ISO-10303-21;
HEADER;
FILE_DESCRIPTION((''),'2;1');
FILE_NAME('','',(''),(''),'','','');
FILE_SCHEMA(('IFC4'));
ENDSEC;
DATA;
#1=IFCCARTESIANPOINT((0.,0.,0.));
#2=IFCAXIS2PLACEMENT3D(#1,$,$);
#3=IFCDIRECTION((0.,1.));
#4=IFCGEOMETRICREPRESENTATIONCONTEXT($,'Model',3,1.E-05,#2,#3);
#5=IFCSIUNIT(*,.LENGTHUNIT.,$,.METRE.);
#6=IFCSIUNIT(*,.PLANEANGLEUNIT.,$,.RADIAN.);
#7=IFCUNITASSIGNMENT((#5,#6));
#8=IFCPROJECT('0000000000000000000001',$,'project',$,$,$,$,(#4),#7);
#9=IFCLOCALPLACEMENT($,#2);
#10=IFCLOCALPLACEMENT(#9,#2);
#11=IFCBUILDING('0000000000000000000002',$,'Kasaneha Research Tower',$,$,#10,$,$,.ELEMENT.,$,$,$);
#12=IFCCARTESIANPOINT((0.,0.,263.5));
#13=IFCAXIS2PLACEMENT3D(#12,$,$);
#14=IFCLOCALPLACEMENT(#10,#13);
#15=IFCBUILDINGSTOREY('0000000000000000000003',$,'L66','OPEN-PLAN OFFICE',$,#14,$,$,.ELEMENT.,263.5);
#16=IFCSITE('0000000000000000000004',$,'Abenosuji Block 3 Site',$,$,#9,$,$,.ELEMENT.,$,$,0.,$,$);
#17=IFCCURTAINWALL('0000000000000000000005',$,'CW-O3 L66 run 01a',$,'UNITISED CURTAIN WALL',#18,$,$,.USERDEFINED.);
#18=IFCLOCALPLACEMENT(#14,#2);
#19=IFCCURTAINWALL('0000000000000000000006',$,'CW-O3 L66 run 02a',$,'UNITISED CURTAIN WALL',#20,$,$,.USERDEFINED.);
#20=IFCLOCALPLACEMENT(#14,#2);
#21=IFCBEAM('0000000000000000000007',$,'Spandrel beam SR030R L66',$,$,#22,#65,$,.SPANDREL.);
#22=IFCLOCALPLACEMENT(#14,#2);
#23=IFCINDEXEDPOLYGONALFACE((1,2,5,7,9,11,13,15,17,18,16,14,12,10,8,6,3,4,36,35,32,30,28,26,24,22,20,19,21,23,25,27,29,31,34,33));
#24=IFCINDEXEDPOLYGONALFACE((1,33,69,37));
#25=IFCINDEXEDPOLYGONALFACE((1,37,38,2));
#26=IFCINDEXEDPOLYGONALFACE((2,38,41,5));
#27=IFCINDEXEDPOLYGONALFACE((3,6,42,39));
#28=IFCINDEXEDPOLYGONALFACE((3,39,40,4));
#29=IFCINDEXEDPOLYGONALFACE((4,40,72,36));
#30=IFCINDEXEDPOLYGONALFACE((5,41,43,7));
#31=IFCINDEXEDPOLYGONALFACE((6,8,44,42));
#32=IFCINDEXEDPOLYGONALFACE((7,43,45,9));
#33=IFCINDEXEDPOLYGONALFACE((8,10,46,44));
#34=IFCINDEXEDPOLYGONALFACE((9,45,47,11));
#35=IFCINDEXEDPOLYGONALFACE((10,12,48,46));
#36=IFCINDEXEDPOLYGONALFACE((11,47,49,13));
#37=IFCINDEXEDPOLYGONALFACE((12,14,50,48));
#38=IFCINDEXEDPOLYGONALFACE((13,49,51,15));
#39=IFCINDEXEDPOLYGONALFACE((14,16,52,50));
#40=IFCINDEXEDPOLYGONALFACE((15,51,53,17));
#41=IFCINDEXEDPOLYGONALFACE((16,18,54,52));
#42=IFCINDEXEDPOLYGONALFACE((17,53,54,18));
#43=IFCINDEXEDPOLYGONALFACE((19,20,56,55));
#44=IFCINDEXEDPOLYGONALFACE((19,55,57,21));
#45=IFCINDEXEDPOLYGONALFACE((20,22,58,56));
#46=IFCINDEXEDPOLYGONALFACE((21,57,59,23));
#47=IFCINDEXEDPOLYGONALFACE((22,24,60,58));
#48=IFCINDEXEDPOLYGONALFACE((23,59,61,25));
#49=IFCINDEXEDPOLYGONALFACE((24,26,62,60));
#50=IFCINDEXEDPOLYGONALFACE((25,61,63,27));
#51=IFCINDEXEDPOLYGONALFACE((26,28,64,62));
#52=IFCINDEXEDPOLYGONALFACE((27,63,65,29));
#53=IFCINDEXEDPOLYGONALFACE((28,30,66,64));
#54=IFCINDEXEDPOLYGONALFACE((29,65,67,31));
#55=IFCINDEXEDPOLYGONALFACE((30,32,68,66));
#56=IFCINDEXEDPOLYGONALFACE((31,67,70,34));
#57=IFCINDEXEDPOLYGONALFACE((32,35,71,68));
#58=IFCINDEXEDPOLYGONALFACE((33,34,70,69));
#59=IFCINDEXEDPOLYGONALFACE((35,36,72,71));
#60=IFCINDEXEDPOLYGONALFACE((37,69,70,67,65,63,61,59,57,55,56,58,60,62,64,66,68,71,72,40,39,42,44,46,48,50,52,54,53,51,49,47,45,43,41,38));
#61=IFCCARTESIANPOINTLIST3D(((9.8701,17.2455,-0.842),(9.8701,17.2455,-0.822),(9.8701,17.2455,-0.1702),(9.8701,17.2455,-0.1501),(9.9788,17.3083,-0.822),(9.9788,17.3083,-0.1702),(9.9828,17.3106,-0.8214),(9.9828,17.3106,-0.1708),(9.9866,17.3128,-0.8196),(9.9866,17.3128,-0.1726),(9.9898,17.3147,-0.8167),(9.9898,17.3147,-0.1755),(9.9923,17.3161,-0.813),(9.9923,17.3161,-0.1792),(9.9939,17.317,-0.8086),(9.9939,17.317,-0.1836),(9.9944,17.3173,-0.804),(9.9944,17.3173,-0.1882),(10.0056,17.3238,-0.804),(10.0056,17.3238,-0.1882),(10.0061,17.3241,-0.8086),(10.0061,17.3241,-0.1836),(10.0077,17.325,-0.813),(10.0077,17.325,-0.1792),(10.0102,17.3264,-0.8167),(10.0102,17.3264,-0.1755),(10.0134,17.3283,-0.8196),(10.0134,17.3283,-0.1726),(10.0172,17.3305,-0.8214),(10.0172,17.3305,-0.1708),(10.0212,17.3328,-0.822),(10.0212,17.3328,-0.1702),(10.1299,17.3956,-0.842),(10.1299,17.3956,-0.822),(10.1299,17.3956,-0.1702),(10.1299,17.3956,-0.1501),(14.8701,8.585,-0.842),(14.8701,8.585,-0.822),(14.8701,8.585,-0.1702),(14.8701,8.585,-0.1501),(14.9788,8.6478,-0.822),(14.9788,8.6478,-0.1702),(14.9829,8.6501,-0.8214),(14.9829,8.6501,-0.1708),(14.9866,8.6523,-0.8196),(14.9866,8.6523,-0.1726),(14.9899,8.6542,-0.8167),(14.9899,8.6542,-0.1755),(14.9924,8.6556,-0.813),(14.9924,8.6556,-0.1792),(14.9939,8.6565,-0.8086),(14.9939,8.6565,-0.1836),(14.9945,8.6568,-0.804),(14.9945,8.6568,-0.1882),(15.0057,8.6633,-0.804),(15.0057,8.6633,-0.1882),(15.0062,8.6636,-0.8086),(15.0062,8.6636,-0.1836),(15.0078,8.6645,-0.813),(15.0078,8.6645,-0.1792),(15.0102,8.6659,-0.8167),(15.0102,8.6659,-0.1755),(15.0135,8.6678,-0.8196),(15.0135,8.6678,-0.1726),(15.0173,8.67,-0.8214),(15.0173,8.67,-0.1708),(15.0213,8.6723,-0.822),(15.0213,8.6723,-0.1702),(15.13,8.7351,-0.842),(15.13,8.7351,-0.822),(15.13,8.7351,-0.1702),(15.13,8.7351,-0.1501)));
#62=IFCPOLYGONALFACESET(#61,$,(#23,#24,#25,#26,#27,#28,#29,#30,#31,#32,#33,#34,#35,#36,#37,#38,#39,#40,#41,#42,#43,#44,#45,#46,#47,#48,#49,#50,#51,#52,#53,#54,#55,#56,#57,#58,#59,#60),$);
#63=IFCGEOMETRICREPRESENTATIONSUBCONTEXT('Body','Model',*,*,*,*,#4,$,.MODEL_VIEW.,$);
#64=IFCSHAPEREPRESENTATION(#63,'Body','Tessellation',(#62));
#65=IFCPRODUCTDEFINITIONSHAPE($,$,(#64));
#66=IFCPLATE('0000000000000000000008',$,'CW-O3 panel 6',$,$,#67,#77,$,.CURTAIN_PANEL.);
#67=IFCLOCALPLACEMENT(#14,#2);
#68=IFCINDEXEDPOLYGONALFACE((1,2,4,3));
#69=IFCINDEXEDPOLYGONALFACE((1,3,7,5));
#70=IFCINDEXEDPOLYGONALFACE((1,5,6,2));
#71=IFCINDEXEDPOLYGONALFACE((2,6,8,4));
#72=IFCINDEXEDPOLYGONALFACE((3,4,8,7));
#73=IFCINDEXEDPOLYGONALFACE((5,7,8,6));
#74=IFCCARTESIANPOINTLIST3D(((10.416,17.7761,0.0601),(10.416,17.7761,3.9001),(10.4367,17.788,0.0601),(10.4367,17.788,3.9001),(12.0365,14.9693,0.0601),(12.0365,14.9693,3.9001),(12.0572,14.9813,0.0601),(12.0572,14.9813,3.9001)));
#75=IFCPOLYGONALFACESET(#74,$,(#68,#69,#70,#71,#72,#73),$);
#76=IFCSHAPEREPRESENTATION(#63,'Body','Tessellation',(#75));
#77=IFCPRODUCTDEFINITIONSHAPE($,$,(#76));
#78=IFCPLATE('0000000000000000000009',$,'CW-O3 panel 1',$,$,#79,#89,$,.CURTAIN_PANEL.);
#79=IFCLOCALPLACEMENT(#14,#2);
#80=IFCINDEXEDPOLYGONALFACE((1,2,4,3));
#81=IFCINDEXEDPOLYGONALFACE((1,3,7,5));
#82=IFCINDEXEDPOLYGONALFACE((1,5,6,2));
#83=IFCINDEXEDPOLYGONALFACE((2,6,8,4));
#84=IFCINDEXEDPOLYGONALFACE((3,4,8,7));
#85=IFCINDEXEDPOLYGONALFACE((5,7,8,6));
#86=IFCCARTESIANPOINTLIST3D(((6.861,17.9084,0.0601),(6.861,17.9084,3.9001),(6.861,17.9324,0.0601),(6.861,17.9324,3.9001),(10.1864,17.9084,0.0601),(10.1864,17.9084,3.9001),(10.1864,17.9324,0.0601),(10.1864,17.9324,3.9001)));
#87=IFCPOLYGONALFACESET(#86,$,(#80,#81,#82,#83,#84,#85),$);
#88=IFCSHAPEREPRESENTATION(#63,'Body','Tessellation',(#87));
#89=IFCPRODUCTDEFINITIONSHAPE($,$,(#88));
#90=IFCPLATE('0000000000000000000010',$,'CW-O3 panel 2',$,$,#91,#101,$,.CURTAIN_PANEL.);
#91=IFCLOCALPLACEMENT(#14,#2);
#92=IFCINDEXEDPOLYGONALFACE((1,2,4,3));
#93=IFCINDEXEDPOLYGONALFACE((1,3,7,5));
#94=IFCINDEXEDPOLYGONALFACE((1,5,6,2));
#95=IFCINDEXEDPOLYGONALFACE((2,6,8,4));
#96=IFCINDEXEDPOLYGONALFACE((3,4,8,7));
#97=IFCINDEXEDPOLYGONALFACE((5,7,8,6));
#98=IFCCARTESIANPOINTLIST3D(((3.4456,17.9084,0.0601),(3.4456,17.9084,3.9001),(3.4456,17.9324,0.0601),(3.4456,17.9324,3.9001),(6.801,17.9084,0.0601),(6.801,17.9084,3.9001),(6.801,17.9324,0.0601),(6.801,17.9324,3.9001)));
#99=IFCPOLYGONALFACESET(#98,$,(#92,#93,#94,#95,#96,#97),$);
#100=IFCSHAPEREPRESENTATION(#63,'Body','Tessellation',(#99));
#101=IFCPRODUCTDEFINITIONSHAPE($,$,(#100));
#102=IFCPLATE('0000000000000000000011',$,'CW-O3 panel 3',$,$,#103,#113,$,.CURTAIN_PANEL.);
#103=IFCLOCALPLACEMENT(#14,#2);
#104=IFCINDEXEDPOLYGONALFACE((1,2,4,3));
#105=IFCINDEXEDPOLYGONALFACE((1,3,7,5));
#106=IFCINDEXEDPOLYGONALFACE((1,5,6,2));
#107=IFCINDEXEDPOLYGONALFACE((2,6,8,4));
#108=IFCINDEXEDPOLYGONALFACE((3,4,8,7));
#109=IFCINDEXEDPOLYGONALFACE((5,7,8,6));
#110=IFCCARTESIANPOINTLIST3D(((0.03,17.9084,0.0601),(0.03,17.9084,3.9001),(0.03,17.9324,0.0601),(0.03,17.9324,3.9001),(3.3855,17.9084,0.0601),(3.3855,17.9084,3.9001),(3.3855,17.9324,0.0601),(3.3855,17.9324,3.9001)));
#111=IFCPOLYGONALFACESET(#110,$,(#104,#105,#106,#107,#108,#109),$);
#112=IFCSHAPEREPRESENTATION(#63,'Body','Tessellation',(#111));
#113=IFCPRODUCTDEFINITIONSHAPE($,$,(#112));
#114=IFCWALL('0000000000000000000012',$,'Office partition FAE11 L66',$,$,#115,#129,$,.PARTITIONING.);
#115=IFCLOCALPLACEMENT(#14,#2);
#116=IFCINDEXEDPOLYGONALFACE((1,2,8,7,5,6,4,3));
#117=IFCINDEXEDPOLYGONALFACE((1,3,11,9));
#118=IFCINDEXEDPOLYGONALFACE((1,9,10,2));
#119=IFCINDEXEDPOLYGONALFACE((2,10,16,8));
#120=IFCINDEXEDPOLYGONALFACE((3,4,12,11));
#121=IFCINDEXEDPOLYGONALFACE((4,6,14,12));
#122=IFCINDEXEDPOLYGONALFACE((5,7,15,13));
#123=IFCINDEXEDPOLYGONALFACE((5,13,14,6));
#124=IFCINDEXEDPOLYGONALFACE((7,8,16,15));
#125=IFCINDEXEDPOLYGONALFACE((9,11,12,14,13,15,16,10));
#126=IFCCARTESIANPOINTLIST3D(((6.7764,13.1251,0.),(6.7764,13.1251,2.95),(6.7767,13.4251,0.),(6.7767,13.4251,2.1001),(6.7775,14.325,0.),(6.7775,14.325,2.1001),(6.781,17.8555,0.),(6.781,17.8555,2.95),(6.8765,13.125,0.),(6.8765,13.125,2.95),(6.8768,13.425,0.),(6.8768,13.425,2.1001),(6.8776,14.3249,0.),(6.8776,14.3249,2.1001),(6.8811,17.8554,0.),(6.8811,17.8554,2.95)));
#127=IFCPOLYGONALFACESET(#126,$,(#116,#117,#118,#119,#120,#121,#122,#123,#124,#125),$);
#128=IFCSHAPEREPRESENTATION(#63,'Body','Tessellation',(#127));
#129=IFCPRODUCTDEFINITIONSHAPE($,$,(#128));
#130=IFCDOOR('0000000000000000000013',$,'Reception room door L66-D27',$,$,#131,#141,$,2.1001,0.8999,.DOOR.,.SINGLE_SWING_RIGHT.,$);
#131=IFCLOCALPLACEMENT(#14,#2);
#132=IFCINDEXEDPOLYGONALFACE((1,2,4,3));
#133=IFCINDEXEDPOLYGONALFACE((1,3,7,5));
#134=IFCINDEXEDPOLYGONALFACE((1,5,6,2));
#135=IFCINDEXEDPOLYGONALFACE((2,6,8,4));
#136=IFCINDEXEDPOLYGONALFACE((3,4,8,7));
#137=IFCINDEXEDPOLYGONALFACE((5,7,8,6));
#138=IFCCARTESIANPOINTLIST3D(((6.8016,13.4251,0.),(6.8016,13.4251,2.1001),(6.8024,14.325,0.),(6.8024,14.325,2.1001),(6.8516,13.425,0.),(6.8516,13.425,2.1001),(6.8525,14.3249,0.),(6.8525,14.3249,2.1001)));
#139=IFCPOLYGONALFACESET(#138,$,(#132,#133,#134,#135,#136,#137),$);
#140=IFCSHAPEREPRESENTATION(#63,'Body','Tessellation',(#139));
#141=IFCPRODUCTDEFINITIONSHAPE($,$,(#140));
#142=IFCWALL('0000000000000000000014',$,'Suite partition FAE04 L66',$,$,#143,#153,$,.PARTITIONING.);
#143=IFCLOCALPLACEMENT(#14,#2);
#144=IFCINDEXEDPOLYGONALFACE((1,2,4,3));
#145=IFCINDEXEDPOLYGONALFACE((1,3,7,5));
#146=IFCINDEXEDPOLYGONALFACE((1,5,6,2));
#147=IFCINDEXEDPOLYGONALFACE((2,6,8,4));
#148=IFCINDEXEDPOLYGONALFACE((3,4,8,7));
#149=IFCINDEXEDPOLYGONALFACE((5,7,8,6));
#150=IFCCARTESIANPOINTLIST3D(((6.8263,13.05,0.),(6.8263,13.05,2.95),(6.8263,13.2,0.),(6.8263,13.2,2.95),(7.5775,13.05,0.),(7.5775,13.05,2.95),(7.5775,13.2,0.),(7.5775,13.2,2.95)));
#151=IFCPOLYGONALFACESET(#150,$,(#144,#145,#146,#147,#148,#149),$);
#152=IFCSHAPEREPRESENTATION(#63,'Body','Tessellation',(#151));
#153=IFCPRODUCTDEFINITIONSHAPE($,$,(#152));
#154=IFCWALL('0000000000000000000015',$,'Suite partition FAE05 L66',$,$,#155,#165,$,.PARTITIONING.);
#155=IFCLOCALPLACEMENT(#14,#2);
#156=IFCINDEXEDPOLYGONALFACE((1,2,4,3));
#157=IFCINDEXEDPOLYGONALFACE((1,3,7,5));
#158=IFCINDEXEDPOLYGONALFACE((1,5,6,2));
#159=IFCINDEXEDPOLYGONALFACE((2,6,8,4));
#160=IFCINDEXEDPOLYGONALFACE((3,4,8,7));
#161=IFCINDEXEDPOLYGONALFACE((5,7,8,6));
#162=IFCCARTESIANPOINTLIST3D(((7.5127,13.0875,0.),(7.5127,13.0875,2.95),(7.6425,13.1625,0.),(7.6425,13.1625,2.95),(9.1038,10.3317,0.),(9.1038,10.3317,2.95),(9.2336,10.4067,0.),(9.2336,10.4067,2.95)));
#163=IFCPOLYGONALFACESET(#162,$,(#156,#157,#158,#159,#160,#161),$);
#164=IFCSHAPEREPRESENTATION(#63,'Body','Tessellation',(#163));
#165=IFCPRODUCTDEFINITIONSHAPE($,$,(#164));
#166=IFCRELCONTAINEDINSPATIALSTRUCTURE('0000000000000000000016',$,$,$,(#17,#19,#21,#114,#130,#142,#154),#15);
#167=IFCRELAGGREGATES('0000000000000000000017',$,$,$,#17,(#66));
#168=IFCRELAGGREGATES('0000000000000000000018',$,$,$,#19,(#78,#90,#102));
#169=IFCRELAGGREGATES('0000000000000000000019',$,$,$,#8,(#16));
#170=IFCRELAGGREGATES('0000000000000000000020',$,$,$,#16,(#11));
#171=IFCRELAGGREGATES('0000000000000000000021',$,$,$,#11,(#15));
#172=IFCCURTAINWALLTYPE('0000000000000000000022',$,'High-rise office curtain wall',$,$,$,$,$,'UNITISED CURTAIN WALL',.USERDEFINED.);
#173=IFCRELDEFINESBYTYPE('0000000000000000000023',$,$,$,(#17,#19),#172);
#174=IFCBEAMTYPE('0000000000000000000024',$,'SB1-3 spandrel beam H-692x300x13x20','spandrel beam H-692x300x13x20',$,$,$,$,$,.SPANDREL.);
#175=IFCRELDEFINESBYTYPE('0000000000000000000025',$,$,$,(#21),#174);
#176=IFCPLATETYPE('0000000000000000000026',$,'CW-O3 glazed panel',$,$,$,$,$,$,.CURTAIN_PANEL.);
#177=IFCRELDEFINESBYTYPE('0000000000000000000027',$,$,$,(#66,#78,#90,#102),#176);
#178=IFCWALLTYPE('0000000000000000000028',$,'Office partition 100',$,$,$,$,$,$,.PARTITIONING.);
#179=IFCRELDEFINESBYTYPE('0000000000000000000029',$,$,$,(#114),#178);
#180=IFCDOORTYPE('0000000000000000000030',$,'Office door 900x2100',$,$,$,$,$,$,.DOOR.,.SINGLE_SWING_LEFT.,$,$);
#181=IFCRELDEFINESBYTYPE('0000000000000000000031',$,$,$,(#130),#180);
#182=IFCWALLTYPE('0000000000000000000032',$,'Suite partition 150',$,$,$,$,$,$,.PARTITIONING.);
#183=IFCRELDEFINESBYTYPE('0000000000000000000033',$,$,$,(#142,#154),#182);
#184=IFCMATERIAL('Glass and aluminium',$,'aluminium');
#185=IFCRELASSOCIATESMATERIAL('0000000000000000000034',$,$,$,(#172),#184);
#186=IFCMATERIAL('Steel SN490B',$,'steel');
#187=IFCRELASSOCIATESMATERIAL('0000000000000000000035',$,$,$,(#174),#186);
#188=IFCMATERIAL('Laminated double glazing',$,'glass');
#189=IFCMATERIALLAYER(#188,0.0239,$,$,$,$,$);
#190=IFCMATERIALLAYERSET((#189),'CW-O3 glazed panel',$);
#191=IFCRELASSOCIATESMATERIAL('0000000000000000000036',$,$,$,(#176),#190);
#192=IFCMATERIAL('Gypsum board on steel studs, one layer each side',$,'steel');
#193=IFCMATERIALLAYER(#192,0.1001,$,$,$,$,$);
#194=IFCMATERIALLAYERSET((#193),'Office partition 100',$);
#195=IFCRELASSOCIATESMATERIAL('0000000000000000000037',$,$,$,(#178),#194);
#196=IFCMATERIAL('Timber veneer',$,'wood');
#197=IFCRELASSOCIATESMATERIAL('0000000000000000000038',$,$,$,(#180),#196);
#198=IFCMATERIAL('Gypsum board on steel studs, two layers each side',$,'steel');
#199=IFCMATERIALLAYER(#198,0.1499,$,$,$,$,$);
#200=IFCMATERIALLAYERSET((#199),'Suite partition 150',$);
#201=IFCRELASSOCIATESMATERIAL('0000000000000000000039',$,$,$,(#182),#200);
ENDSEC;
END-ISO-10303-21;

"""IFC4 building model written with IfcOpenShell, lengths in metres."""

from ifc_helpers import new_model, si_unit, direction, frame, frame_2d, origin, origin_2d, place, context, subcontext, project, spatial, rectangle, i_section, extrude, material, layer, layer_set, material_profile, profile_set, type_object, element, fill, aggregate, save


model = new_model("IFC4")

# Units and contexts
model_context = context("Model", 3, precision=1e-05, world=origin(), true_north=direction((0.0, 1.0)))
body_context = subcontext(model_context, "Body", "Model", "MODEL_VIEW")
ifc_project = project(units=[si_unit("LENGTHUNIT", "METRE"), si_unit("PLANEANGLEUNIT", "RADIAN")], contexts=[model_context])

# Site, building, storey
site_placement = place(None, origin())
site = spatial("IfcSite", under=ifc_project, at=site_placement, Name="Abenosuji Block 3 Site", CompositionType="ELEMENT", RefElevation=0.0)
building_placement = place(site_placement, origin())
building = spatial("IfcBuilding", under=site, at=building_placement, Name="Kasaneha Research Tower", CompositionType="ELEMENT")
storey_placement = place(building_placement, frame((0.0, 0.0, 263.5)))
storey = spatial("IfcBuildingStorey", under=building, at=storey_placement, Name="L66", Description="OPEN-PLAN OFFICE", CompositionType="ELEMENT", Elevation=263.5)

# Curtain wall
ifc_material_1 = material(Name="Glass and aluminium", Category="aluminium")
curtain_wall_type = type_object("IfcCurtainWallType", Name="High-rise office curtain wall", ElementType="UNITISED CURTAIN WALL", PredefinedType="USERDEFINED", material=ifc_material_1)
curtain_wall_1_placement = place(storey_placement, origin())
curtain_wall_1 = element("IfcCurtainWall", 1, at=curtain_wall_1_placement, inside=storey, type_object=curtain_wall_type, Name="CW-O3 L66 run 01a", ObjectType="UNITISED CURTAIN WALL", PredefinedType="USERDEFINED")

# Curtain wall
curtain_wall_2_placement = place(storey_placement, origin())
curtain_wall_2 = element("IfcCurtainWall", 2, at=curtain_wall_2_placement, inside=storey, type_object=curtain_wall_type, Name="CW-O3 L66 run 02a", ObjectType="UNITISED CURTAIN WALL", PredefinedType="USERDEFINED")

# Beam
ifc_material_2 = material(Name="Steel SN490B", Category="steel")
ifc_material_profile_1 = material_profile(ifc_material_2, i_section(OverallWidth=0.3, OverallDepth=0.6919, WebThickness=0.0129, FlangeThickness=0.02, FilletRadius=0.0181, at=origin_2d()), Name="H-692x300x13x20")
ifc_profile_set_1 = profile_set([ifc_material_profile_1], Name="Steel SN490B")
beam_type_1 = type_object("IfcBeamType", Name="SB1-3 spandrel beam H-692x300x13x20", Description="spandrel beam H-692x300x13x20", PredefinedType="SPANDREL", material=ifc_profile_set_1)
beam_1_placement = place(storey_placement, frame((10.0, 17.3206, -0.4961), z_axis=(0.499994, -0.866029, 0.0), x_axis=(0.866029, 0.499994, 0.0)))
element("IfcBeam", 3, at=beam_1_placement, inside=storey, type_object=beam_type_1, Name="Spandrel beam SR030R L66", PredefinedType="SPANDREL", context=body_context, shape_type="SweptSolid", body=[
    extrude(i_section(OverallWidth=0.3, OverallDepth=0.6919, WebThickness=0.0129, FlangeThickness=0.02, FilletRadius=0.0181, at=origin_2d()), origin(), (0.0, 0.0, 1.0), 10.0002),
])

# Plates
ifc_material_3 = material(Name="Laminated double glazing", Category="glass")
ifc_layer_1 = layer(ifc_material_3, 0.0239)
ifc_layer_set_1 = layer_set([ifc_layer_1], Name="CW-O3 glazed panel")
plate_type = type_object("IfcPlateType", Name="CW-O3 glazed panel", PredefinedType="CURTAIN_PANEL", material=ifc_layer_set_1)
plate_1_placement = place(storey_placement, frame((11.2366, 16.3787, 0.0601), z_axis=(0.0, 0.0, 1.0), x_axis=(-0.5, 0.866025, 0.0)))
plate_1 = element("IfcPlate", 4, at=plate_1_placement, type_object=plate_type, Name="CW-O3 panel 6", PredefinedType="CURTAIN_PANEL", context=body_context, shape_type="SweptSolid", body=[
    extrude(rectangle(XDim=3.241, YDim=0.0239, at=origin_2d()), origin(), (0.0, 0.0, 1.0), 3.8401),
])
aggregate(curtain_wall_1, [plate_1])
plate_2_placement = place(storey_placement, frame((8.5237, 17.9204, 0.0601), z_axis=(0.0, 0.0, 1.0), x_axis=(-1.0, 0.0, 0.0)))
plate_2 = element("IfcPlate", 5, at=plate_2_placement, type_object=plate_type, Name="CW-O3 panel 1", PredefinedType="CURTAIN_PANEL", context=body_context, shape_type="SweptSolid", body=[
    extrude(rectangle(XDim=3.3254, YDim=0.0239, at=origin_2d()), origin(), (0.0, 0.0, 1.0), 3.8401),
])
plate_3_placement = place(storey_placement, frame((5.1233, 17.9204, 0.0601), z_axis=(0.0, 0.0, 1.0), x_axis=(-1.0, 0.0, 0.0)))
plate_3 = element("IfcPlate", 6, at=plate_3_placement, type_object=plate_type, Name="CW-O3 panel 2", PredefinedType="CURTAIN_PANEL", context=body_context, shape_type="SweptSolid", body=[
    extrude(rectangle(XDim=3.3555, YDim=0.0239, at=origin_2d()), origin(), (0.0, 0.0, 1.0), 3.8401),
])
plate_4_placement = place(storey_placement, frame((1.7078, 17.9204, 0.0601), z_axis=(0.0, 0.0, 1.0), x_axis=(-1.0, 0.0, 0.0)))
plate_4 = element("IfcPlate", 7, at=plate_4_placement, type_object=plate_type, Name="CW-O3 panel 3", PredefinedType="CURTAIN_PANEL", context=body_context, shape_type="SweptSolid", body=[
    extrude(rectangle(XDim=3.3555, YDim=0.0239, at=origin_2d()), origin(), (0.0, 0.0, 1.0), 3.8401),
])
aggregate(curtain_wall_2, [plate_2, plate_3, plate_4])

# Wall, opening, door
ifc_material_4 = material(Name="Gypsum board on steel studs, one layer each side", Category="steel")
ifc_layer_2 = layer(ifc_material_4, 0.1001)
ifc_layer_set_2 = layer_set([ifc_layer_2], Name="Office partition 100")
wall_type_1 = type_object("IfcWallType", Name="Office partition 100", PredefinedType="PARTITIONING", material=ifc_layer_set_2)
wall_1_placement = place(storey_placement, frame((6.8311, 17.8555, 0.0), z_axis=(0.0, 0.0, 1.0), x_axis=(-0.000981, -1.0, 0.0)))
wall_1 = element("IfcWall", 8, at=wall_1_placement, inside=storey, type_object=wall_type_1, Name="Office partition FAE11 L66", PredefinedType="PARTITIONING", context=body_context, shape_type="SweptSolid", body=[
    extrude(rectangle(XDim=4.7305, YDim=0.1001, at=frame_2d((2.3652, 0.0))), origin(), (0.0, 0.0, 1.0), 2.95),
])
opening_placement = place(wall_1_placement, frame((3.5305, 0.0, 0.0)))
opening = element("IfcOpeningElement", 9, at=opening_placement, cuts=wall_1, PredefinedType="OPENING", context=body_context, shape_type="SweptSolid", body=[
    extrude(rectangle(XDim=0.8999, YDim=2.1001, at=frame_2d((0.45, 1.05))), frame((0.0, 0.0601, 0.0), z_axis=(0.0, -1.0, 0.0), x_axis=(1.0, 0.0, 0.0)), (0.0, 0.0, 1.0), 0.1201),
])
ifc_material_5 = material(Name="Timber veneer", Category="wood")
door_type = type_object("IfcDoorType", Name="Office door 900x2100", OperationType="SINGLE_SWING_LEFT", PredefinedType="DOOR", material=ifc_material_5)
door_placement = place(opening_placement, origin())
door = element("IfcDoor", 10, at=door_placement, inside=storey, type_object=door_type, Name="Reception room door L66-D27", OperationType="SINGLE_SWING_RIGHT", OverallHeight=2.1001, OverallWidth=0.8999, PredefinedType="DOOR", context=body_context, shape_type="SweptSolid", body=[
    extrude(rectangle(XDim=0.8999, YDim=2.1001, at=frame_2d((0.45, 1.05))), frame((0.0, 0.0249, 0.0), z_axis=(0.0, -1.0, 0.0), x_axis=(1.0, 0.0, 0.0)), (0.0, 0.0, 1.0), 0.05),
])
fill(opening, door)

# Walls
ifc_material_6 = material(Name="Gypsum board on steel studs, two layers each side", Category="steel")
ifc_layer_3 = layer(ifc_material_6, 0.1499)
ifc_layer_set_3 = layer_set([ifc_layer_3], Name="Suite partition 150")
wall_type_2 = type_object("IfcWallType", Name="Suite partition 150", PredefinedType="PARTITIONING", material=ifc_layer_set_3)
wall_2_placement = place(storey_placement, frame((6.8264, 13.125, 0.0), z_axis=(0.0, 0.0, 1.0), x_axis=(1.0, 0.0, 0.0)))
element("IfcWall", 11, at=wall_2_placement, inside=storey, type_object=wall_type_2, Name="Suite partition FAE04 L66", PredefinedType="PARTITIONING", context=body_context, shape_type="SweptSolid", body=[
    extrude(rectangle(XDim=0.7512, YDim=0.1499, at=frame_2d((0.3755, 0.0))), origin(), (0.0, 0.0, 1.0), 2.95),
])
wall_3_placement = place(storey_placement, frame((7.5776, 13.125, 0.0), z_axis=(0.0, 0.0, 1.0), x_axis=(0.499993, -0.86603, 0.0)))
element("IfcWall", 12, at=wall_3_placement, inside=storey, type_object=wall_type_2, Name="Suite partition FAE05 L66", PredefinedType="PARTITIONING", context=body_context, shape_type="SweptSolid", body=[
    extrude(rectangle(XDim=3.1821, YDim=0.1499, at=frame_2d((1.5911, 0.0))), origin(), (0.0, 0.0, 1.0), 2.95),
])

save(model, "model.ifc")
